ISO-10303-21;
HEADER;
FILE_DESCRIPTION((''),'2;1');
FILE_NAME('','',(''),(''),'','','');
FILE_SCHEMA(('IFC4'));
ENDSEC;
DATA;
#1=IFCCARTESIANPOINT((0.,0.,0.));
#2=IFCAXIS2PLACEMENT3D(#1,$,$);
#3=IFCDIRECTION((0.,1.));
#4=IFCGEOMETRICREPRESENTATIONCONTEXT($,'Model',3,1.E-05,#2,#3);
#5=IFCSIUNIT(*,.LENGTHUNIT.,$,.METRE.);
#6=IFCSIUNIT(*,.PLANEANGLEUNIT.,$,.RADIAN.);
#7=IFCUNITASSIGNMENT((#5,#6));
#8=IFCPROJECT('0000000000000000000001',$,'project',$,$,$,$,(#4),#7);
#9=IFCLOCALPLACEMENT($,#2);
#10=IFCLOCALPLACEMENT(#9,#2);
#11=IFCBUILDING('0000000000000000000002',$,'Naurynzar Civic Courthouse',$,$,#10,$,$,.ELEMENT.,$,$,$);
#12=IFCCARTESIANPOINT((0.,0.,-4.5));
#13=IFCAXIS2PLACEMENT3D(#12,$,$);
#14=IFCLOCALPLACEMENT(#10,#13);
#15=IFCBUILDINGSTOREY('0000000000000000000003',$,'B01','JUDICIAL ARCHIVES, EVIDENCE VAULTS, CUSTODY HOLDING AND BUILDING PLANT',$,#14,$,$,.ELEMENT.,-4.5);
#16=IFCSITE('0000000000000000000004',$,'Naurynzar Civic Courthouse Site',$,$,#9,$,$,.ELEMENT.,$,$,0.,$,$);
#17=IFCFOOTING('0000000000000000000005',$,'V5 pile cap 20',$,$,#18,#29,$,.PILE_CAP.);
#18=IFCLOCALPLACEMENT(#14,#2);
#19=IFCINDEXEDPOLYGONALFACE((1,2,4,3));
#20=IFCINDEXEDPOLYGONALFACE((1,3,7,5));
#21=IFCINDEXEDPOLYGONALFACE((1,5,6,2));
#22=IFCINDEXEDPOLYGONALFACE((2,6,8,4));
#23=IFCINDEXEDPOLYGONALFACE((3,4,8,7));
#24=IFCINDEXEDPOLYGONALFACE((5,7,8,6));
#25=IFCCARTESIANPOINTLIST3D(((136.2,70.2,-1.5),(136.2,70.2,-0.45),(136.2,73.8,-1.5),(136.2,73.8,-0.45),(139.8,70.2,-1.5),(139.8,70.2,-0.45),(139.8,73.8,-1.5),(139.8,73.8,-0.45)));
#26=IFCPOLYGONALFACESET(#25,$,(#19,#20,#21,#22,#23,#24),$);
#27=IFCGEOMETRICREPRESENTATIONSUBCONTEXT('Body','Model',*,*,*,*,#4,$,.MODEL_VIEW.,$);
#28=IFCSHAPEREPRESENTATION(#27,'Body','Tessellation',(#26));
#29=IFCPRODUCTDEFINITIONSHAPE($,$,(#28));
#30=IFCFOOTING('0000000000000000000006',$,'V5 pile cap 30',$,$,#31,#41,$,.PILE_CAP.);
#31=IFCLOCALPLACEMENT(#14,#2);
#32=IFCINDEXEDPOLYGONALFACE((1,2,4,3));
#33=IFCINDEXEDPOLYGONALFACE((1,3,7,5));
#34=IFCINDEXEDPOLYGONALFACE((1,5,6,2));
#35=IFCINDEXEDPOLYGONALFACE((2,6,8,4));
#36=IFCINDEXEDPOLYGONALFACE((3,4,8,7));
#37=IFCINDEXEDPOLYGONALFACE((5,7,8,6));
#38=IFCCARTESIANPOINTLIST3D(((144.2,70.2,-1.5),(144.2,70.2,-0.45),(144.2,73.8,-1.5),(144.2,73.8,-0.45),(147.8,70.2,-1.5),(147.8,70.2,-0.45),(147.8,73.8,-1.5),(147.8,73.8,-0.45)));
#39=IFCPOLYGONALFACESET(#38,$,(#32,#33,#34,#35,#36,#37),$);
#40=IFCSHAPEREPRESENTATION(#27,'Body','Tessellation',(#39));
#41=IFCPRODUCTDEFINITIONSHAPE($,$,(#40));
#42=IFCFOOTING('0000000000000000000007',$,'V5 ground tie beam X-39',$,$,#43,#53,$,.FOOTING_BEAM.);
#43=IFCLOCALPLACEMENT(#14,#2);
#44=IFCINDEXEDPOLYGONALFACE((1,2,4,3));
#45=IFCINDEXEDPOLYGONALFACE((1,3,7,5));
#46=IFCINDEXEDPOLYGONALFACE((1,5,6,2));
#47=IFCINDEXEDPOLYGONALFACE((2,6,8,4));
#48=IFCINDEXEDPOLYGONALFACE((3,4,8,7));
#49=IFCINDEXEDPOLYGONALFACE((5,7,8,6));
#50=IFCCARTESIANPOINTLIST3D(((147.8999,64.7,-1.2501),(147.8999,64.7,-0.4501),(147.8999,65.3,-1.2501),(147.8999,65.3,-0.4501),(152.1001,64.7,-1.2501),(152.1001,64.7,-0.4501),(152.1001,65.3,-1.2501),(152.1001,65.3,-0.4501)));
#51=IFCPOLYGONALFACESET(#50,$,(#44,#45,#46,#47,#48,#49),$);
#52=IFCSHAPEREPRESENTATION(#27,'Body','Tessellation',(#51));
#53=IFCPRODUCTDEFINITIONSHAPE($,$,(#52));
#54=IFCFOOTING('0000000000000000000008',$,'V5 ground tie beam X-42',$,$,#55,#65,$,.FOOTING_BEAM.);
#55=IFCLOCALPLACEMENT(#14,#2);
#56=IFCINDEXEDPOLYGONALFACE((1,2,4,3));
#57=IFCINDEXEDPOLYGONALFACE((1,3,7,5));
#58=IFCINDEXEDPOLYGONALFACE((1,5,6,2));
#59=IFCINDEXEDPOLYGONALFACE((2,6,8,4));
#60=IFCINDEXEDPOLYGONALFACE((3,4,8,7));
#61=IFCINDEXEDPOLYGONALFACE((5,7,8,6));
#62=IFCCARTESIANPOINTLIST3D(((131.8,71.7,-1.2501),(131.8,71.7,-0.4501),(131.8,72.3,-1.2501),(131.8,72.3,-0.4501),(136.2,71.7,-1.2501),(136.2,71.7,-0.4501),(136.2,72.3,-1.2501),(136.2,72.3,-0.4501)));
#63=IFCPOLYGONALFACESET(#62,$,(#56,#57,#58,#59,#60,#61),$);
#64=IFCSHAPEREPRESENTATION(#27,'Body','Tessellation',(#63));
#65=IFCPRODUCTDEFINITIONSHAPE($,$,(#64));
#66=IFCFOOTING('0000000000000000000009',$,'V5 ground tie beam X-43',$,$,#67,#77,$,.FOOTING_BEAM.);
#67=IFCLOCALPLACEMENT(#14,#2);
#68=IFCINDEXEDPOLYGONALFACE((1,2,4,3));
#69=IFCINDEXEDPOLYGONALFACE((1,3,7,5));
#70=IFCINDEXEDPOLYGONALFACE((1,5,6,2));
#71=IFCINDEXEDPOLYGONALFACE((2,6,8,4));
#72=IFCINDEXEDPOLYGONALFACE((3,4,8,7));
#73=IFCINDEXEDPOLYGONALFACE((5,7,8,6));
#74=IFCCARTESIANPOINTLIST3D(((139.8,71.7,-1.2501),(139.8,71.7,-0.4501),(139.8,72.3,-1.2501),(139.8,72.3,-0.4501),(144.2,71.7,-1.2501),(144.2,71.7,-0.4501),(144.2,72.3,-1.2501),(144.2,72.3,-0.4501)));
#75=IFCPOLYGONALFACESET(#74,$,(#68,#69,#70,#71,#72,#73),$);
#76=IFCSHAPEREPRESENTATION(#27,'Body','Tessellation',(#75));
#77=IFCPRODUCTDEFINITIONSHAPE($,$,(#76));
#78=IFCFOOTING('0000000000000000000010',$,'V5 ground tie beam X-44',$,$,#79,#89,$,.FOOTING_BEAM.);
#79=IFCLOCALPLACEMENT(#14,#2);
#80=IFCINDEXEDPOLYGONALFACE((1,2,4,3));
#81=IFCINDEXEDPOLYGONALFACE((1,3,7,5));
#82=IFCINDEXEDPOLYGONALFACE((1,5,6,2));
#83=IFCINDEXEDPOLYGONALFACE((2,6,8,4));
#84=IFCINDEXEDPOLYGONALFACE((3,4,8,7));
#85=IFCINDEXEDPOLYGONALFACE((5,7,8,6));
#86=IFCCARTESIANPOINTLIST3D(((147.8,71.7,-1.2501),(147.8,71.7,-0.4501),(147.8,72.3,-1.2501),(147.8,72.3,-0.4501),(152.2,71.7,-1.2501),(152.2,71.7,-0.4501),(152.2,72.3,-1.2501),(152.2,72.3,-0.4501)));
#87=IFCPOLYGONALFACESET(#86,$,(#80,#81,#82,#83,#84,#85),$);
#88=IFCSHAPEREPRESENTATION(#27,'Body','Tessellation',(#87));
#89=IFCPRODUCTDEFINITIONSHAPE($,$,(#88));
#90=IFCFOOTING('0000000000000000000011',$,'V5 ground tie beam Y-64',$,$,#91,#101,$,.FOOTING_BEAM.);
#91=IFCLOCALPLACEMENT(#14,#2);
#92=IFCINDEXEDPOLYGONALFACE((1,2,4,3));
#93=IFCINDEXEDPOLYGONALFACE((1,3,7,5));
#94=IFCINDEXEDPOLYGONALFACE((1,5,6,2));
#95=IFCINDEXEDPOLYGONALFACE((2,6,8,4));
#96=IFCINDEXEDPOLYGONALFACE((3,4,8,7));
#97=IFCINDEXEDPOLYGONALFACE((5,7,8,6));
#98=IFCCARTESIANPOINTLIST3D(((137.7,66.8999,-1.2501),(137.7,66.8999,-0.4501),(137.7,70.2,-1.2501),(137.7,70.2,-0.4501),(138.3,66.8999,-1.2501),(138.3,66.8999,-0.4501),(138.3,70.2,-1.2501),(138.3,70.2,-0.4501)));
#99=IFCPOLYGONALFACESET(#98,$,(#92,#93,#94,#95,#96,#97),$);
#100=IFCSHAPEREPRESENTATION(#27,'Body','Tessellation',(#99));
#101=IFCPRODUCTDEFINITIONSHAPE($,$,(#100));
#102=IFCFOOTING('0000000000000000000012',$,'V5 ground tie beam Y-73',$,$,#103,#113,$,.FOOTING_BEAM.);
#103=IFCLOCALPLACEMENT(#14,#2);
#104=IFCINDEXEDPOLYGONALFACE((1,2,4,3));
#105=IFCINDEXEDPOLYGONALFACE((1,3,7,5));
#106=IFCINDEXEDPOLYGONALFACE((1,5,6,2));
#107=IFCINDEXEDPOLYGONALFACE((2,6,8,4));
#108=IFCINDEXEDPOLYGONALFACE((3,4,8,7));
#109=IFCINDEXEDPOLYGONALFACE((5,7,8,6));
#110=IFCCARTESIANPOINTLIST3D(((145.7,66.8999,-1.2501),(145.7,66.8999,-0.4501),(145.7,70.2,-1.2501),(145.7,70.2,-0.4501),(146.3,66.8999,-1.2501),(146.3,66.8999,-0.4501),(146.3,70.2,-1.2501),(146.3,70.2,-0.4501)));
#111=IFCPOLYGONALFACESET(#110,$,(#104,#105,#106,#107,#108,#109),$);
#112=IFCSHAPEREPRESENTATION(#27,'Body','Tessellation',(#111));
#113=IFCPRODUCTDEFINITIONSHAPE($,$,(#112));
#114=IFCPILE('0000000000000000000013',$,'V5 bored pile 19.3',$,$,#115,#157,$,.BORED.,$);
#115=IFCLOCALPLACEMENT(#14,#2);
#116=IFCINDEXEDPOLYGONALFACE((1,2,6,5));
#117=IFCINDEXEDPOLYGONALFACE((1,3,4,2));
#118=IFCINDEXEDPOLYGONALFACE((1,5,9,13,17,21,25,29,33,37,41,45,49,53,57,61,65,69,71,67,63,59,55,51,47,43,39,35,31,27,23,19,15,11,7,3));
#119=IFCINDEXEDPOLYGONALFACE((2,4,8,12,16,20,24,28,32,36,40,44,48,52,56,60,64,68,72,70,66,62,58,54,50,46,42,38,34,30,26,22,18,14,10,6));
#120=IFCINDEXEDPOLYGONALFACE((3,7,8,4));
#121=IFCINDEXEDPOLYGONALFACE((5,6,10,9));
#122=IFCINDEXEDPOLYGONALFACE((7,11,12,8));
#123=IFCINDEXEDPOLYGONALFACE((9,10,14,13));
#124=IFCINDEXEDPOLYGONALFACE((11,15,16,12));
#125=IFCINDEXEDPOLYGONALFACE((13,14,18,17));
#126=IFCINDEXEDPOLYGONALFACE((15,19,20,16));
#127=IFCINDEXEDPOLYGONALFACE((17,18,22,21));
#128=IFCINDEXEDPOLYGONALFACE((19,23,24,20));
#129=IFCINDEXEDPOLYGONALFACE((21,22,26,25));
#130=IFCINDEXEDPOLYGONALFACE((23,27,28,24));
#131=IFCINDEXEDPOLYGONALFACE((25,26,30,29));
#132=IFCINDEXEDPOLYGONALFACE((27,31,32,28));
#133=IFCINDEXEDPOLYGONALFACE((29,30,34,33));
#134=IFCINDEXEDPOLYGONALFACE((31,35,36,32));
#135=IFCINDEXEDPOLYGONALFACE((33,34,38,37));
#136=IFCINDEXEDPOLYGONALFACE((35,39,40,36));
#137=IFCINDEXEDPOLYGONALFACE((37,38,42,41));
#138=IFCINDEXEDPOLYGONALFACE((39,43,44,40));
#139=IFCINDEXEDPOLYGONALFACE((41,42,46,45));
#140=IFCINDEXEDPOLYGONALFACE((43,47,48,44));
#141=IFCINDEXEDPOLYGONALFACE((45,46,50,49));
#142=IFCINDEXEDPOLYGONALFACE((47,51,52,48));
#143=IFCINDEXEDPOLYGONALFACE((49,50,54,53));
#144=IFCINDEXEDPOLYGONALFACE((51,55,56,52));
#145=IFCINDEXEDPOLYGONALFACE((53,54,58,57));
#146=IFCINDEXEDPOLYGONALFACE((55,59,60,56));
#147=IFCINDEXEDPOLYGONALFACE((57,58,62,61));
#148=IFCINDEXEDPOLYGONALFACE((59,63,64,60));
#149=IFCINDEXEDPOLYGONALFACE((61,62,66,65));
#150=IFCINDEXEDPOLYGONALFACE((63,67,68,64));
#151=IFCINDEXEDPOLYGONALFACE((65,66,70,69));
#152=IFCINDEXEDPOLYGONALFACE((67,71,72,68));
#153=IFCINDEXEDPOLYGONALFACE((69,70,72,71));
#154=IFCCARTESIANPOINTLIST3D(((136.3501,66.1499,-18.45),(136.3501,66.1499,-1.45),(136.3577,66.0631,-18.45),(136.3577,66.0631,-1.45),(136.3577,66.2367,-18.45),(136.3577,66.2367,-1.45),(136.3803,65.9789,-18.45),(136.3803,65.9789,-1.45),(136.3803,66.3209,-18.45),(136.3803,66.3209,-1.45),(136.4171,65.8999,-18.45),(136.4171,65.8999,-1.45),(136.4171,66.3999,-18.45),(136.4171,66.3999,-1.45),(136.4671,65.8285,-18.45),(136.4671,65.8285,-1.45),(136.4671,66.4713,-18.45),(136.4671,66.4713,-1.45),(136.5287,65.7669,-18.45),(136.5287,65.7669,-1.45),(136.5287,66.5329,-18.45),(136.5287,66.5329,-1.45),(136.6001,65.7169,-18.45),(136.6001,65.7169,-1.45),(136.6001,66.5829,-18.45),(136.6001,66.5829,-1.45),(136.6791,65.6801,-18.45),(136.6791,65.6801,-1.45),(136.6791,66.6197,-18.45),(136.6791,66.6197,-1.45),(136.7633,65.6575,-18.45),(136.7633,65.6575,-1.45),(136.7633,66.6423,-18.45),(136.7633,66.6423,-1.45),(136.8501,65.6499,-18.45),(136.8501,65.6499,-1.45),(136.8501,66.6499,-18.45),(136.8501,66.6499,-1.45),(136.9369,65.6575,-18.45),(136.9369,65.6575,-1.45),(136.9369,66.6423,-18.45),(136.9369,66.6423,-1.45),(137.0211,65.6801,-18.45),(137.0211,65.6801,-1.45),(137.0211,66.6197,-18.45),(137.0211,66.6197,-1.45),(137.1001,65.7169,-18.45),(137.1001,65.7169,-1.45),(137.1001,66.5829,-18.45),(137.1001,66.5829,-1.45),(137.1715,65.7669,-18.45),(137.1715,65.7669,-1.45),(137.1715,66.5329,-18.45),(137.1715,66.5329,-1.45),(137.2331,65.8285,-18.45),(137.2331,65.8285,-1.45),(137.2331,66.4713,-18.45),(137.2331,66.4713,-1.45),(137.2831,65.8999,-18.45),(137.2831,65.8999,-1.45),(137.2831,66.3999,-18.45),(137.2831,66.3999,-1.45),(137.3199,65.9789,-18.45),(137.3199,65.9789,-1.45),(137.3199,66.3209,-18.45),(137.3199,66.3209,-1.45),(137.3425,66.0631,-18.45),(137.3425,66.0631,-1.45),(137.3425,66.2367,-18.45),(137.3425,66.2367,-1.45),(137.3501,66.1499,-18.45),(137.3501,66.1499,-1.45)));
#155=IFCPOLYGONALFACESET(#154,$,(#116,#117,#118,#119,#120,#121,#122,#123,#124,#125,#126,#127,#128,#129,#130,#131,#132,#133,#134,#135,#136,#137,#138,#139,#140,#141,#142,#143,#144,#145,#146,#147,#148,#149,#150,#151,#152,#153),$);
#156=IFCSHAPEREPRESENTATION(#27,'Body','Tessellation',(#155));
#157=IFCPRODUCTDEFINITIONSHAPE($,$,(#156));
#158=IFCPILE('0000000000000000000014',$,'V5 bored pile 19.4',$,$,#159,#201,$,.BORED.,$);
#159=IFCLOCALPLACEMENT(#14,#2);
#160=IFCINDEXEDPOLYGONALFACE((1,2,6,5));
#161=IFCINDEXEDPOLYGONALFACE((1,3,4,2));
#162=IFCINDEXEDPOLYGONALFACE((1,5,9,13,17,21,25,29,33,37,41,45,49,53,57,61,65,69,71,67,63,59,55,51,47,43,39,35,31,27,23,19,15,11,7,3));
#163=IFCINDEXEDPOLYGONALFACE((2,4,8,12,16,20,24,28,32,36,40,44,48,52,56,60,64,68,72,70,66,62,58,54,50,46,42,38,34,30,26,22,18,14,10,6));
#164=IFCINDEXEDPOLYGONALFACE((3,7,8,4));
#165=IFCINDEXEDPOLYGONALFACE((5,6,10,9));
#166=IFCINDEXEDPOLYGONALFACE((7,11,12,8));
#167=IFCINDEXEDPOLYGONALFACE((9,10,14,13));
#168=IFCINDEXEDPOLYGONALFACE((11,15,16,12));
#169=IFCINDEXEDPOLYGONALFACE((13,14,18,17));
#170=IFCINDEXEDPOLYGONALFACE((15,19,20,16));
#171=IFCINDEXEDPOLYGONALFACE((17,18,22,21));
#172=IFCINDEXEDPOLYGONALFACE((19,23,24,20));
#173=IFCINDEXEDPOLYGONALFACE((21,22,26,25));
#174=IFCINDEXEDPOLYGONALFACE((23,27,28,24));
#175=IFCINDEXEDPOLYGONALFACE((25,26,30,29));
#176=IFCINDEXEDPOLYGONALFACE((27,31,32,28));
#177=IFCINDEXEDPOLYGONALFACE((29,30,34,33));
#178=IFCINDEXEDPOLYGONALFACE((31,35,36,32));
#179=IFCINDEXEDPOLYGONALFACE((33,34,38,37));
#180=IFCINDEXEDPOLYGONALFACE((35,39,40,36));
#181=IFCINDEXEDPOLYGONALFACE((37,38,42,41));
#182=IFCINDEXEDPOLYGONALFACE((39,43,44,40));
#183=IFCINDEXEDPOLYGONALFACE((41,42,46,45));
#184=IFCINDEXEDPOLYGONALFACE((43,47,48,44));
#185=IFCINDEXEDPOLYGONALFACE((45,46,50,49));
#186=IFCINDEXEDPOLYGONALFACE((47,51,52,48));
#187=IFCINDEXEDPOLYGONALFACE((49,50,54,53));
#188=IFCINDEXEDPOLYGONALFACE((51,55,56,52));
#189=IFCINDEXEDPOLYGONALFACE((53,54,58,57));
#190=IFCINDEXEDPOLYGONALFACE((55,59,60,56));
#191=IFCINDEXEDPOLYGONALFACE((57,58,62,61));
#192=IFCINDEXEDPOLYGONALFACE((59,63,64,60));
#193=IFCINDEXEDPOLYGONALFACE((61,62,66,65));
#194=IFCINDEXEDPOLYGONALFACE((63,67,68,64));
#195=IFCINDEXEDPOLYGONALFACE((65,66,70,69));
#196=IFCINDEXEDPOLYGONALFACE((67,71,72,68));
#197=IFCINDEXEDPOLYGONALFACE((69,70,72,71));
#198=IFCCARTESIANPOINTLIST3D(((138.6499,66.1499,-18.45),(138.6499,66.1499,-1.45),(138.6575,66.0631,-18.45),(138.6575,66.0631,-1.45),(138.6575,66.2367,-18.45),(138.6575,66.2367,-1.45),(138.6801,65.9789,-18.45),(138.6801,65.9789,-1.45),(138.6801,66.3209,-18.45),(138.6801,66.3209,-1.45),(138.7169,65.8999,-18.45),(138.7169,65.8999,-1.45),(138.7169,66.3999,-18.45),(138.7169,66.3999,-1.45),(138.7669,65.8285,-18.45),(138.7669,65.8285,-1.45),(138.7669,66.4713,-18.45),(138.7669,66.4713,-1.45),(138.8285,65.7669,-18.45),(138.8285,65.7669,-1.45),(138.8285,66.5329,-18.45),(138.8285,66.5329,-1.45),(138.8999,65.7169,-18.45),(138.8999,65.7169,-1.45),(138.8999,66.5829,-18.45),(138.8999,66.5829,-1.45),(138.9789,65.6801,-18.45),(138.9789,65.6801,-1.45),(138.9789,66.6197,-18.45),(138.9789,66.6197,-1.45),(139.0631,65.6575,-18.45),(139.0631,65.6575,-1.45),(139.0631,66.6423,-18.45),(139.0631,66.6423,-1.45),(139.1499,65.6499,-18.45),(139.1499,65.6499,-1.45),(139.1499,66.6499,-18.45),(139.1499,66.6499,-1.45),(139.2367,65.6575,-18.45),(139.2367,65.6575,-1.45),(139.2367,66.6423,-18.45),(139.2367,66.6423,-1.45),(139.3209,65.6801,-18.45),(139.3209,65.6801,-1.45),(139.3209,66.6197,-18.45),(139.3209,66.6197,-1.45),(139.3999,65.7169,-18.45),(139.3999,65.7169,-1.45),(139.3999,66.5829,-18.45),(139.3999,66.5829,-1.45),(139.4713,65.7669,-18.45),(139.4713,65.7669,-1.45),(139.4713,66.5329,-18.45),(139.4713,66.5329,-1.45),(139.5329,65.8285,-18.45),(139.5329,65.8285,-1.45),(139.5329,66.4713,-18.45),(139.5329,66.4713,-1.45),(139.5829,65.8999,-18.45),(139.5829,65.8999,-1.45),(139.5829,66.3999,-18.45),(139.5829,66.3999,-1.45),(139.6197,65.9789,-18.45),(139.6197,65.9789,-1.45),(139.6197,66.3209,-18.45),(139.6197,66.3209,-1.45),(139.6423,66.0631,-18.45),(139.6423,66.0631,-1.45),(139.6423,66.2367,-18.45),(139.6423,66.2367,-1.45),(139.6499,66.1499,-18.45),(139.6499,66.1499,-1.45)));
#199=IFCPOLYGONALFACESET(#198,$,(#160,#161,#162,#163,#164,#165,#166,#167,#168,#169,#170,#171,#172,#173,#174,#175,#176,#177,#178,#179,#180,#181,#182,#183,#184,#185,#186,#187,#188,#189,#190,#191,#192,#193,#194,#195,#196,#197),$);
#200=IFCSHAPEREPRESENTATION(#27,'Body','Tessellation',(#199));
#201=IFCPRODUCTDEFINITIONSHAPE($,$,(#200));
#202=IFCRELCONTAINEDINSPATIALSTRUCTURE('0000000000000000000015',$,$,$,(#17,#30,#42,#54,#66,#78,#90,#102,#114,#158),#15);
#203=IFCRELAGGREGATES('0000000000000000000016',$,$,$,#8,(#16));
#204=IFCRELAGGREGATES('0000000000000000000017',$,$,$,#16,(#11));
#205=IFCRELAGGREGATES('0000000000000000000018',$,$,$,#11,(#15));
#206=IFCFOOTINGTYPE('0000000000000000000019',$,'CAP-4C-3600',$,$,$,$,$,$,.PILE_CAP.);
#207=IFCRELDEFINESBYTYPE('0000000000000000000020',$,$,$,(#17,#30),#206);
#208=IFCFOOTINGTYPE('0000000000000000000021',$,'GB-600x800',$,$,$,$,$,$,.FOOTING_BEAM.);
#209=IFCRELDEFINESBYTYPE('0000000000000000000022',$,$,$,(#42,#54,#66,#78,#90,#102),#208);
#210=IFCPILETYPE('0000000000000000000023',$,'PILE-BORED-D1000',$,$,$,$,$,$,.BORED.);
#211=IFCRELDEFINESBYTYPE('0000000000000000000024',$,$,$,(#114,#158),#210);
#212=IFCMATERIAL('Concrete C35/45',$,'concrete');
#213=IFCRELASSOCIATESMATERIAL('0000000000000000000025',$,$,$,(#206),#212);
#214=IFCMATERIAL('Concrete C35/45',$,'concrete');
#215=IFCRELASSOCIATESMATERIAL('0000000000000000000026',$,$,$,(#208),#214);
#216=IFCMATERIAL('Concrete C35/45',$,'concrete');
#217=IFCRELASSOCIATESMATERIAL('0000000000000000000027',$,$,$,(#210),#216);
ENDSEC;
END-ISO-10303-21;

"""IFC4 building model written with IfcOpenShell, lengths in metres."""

from ifc_helpers import new_model, si_unit, direction, frame, origin, origin_2d, place, context, subcontext, project, spatial, rectangle, circle, extrude, material, material_profile, profile_set, type_object, element, save


model = new_model("IFC4")

# Units and contexts
model_context = context("Model", 3, precision=1e-05, world=origin(), true_north=direction((0.0, 1.0)))
body_context = subcontext(model_context, "Body", "Model", "MODEL_VIEW")
ifc_project = project(units=[si_unit("LENGTHUNIT", "METRE"), si_unit("PLANEANGLEUNIT", "RADIAN")], contexts=[model_context])

# Site, building, storey
site_placement = place(None, origin())
site = spatial("IfcSite", under=ifc_project, at=site_placement, Name="Naurynzar Civic Courthouse Site", CompositionType="ELEMENT", RefElevation=0.0)
building_placement = place(site_placement, origin())
building = spatial("IfcBuilding", under=site, at=building_placement, Name="Naurynzar Civic Courthouse", CompositionType="ELEMENT")
storey_placement = place(building_placement, frame((0.0, 0.0, -4.5)))
storey = spatial("IfcBuildingStorey", under=building, at=storey_placement, Name="B01", Description="JUDICIAL ARCHIVES, EVIDENCE VAULTS, CUSTODY HOLDING AND BUILDING PLANT", CompositionType="ELEMENT", Elevation=-4.5)

# Footings
ifc_material_1 = material(Name="Concrete C35/45", Category="concrete")
footing_type_1 = type_object("IfcFootingType", Name="CAP-4C-3600", PredefinedType="PILE_CAP", material=ifc_material_1)
for number, where, z_axis, x_axis, name in (
    (1, (138.0, 72.0, -1.5), (0.0, 0.0, 1.0), (1.0, 0.0, 0.0), "V5 pile cap 20"),
    (2, (146.0, 72.0, -1.5), (0.0, 0.0, 1.0), (1.0, 0.0, 0.0), "V5 pile cap 30"),
):
    element("IfcFooting", number, at=place(storey_placement, frame(where, z_axis=z_axis, x_axis=x_axis)), inside=storey, type_object=footing_type_1, Name=name, PredefinedType="PILE_CAP", context=body_context, shape_type="SweptSolid", body=[
        extrude(rectangle(XDim=3.6001, YDim=3.6001, at=origin_2d()), origin(), (0.0, 0.0, 1.0), 1.05),
    ])
ifc_material_2 = material(Name="Concrete C35/45", Category="concrete")
ifc_material_profile_1 = material_profile(ifc_material_2, rectangle(XDim=0.6001, YDim=0.8, at=origin_2d()), Name="GB 600x800")
ifc_profile_set_1 = profile_set([ifc_material_profile_1], Name="Concrete C35/45")
footing_type_2 = type_object("IfcFootingType", Name="GB-600x800", PredefinedType="FOOTING_BEAM", material=ifc_profile_set_1)
footing_placement = place(storey_placement, frame((147.8999, 65.0, -0.8501), z_axis=(1.0, 0.0, 0.0), x_axis=(0.0, 1.0, 0.0)))
element("IfcFooting", 3, at=footing_placement, inside=storey, type_object=footing_type_2, Name="V5 ground tie beam X-39", PredefinedType="FOOTING_BEAM", context=body_context, shape_type="SweptSolid", body=[
    extrude(rectangle(XDim=0.6001, YDim=0.8, at=origin_2d()), origin(), (0.0, 0.0, 1.0), 4.2002),
])
for number, where, z_axis, x_axis, name in (
    (4, (131.8, 72.0, -0.8501), (1.0, 0.0, 0.0), (0.0, 1.0, 0.0), "V5 ground tie beam X-42"),
    (5, (139.8, 72.0, -0.8501), (1.0, 0.0, 0.0), (0.0, 1.0, 0.0), "V5 ground tie beam X-43"),
    (6, (147.8, 72.0, -0.8501), (1.0, 0.0, 0.0), (0.0, 1.0, 0.0), "V5 ground tie beam X-44"),
):
    element("IfcFooting", number, at=place(storey_placement, frame(where, z_axis=z_axis, x_axis=x_axis)), inside=storey, type_object=footing_type_2, Name=name, PredefinedType="FOOTING_BEAM", context=body_context, shape_type="SweptSolid", body=[
        extrude(rectangle(XDim=0.6001, YDim=0.8, at=origin_2d()), origin(), (0.0, 0.0, 1.0), 4.3999),
    ])
for number, where, z_axis, x_axis, name in (
    (7, (138.0, 66.8999, -0.8501), (0.0, 1.0, 0.0), (-1.0, 0.0, 0.0), "V5 ground tie beam Y-64"),
    (8, (146.0, 66.8999, -0.8501), (0.0, 1.0, 0.0), (-1.0, 0.0, 0.0), "V5 ground tie beam Y-73"),
):
    element("IfcFooting", number, at=place(storey_placement, frame(where, z_axis=z_axis, x_axis=x_axis)), inside=storey, type_object=footing_type_2, Name=name, PredefinedType="FOOTING_BEAM", context=body_context, shape_type="SweptSolid", body=[
        extrude(rectangle(XDim=0.6001, YDim=0.8, at=origin_2d()), origin(), (0.0, 0.0, 1.0), 3.3),
    ])

# Piles
ifc_material_3 = material(Name="Concrete C35/45", Category="concrete")
ifc_material_profile_2 = material_profile(ifc_material_3, circle(Radius=0.5, at=origin_2d()), Name="PILE D1000")
ifc_profile_set_2 = profile_set([ifc_material_profile_2], Name="Concrete C35/45")
pile_type_1 = type_object("IfcPileType", Name="PILE-BORED-D1000", PredefinedType="BORED", material=ifc_profile_set_2)
for number, where, z_axis, x_axis, name in (
    (9, (136.8501, 66.1499, -1.45), (0.0, 0.0, -1.0), (1.0, 0.0, 0.0), "V5 bored pile 19.3"),
    (10, (139.1499, 66.1499, -1.45), (0.0, 0.0, -1.0), (1.0, 0.0, 0.0), "V5 bored pile 19.4"),
):
    element("IfcPile", number, at=place(storey_placement, frame(where, z_axis=z_axis, x_axis=x_axis)), inside=storey, type_object=pile_type_1, Name=name, PredefinedType="BORED", context=body_context, shape_type="SweptSolid", body=[
        extrude(circle(Radius=0.5, at=origin_2d()), origin(), (0.0, 0.0, 1.0), 17.0),
    ])

save(model, "model.ifc")
